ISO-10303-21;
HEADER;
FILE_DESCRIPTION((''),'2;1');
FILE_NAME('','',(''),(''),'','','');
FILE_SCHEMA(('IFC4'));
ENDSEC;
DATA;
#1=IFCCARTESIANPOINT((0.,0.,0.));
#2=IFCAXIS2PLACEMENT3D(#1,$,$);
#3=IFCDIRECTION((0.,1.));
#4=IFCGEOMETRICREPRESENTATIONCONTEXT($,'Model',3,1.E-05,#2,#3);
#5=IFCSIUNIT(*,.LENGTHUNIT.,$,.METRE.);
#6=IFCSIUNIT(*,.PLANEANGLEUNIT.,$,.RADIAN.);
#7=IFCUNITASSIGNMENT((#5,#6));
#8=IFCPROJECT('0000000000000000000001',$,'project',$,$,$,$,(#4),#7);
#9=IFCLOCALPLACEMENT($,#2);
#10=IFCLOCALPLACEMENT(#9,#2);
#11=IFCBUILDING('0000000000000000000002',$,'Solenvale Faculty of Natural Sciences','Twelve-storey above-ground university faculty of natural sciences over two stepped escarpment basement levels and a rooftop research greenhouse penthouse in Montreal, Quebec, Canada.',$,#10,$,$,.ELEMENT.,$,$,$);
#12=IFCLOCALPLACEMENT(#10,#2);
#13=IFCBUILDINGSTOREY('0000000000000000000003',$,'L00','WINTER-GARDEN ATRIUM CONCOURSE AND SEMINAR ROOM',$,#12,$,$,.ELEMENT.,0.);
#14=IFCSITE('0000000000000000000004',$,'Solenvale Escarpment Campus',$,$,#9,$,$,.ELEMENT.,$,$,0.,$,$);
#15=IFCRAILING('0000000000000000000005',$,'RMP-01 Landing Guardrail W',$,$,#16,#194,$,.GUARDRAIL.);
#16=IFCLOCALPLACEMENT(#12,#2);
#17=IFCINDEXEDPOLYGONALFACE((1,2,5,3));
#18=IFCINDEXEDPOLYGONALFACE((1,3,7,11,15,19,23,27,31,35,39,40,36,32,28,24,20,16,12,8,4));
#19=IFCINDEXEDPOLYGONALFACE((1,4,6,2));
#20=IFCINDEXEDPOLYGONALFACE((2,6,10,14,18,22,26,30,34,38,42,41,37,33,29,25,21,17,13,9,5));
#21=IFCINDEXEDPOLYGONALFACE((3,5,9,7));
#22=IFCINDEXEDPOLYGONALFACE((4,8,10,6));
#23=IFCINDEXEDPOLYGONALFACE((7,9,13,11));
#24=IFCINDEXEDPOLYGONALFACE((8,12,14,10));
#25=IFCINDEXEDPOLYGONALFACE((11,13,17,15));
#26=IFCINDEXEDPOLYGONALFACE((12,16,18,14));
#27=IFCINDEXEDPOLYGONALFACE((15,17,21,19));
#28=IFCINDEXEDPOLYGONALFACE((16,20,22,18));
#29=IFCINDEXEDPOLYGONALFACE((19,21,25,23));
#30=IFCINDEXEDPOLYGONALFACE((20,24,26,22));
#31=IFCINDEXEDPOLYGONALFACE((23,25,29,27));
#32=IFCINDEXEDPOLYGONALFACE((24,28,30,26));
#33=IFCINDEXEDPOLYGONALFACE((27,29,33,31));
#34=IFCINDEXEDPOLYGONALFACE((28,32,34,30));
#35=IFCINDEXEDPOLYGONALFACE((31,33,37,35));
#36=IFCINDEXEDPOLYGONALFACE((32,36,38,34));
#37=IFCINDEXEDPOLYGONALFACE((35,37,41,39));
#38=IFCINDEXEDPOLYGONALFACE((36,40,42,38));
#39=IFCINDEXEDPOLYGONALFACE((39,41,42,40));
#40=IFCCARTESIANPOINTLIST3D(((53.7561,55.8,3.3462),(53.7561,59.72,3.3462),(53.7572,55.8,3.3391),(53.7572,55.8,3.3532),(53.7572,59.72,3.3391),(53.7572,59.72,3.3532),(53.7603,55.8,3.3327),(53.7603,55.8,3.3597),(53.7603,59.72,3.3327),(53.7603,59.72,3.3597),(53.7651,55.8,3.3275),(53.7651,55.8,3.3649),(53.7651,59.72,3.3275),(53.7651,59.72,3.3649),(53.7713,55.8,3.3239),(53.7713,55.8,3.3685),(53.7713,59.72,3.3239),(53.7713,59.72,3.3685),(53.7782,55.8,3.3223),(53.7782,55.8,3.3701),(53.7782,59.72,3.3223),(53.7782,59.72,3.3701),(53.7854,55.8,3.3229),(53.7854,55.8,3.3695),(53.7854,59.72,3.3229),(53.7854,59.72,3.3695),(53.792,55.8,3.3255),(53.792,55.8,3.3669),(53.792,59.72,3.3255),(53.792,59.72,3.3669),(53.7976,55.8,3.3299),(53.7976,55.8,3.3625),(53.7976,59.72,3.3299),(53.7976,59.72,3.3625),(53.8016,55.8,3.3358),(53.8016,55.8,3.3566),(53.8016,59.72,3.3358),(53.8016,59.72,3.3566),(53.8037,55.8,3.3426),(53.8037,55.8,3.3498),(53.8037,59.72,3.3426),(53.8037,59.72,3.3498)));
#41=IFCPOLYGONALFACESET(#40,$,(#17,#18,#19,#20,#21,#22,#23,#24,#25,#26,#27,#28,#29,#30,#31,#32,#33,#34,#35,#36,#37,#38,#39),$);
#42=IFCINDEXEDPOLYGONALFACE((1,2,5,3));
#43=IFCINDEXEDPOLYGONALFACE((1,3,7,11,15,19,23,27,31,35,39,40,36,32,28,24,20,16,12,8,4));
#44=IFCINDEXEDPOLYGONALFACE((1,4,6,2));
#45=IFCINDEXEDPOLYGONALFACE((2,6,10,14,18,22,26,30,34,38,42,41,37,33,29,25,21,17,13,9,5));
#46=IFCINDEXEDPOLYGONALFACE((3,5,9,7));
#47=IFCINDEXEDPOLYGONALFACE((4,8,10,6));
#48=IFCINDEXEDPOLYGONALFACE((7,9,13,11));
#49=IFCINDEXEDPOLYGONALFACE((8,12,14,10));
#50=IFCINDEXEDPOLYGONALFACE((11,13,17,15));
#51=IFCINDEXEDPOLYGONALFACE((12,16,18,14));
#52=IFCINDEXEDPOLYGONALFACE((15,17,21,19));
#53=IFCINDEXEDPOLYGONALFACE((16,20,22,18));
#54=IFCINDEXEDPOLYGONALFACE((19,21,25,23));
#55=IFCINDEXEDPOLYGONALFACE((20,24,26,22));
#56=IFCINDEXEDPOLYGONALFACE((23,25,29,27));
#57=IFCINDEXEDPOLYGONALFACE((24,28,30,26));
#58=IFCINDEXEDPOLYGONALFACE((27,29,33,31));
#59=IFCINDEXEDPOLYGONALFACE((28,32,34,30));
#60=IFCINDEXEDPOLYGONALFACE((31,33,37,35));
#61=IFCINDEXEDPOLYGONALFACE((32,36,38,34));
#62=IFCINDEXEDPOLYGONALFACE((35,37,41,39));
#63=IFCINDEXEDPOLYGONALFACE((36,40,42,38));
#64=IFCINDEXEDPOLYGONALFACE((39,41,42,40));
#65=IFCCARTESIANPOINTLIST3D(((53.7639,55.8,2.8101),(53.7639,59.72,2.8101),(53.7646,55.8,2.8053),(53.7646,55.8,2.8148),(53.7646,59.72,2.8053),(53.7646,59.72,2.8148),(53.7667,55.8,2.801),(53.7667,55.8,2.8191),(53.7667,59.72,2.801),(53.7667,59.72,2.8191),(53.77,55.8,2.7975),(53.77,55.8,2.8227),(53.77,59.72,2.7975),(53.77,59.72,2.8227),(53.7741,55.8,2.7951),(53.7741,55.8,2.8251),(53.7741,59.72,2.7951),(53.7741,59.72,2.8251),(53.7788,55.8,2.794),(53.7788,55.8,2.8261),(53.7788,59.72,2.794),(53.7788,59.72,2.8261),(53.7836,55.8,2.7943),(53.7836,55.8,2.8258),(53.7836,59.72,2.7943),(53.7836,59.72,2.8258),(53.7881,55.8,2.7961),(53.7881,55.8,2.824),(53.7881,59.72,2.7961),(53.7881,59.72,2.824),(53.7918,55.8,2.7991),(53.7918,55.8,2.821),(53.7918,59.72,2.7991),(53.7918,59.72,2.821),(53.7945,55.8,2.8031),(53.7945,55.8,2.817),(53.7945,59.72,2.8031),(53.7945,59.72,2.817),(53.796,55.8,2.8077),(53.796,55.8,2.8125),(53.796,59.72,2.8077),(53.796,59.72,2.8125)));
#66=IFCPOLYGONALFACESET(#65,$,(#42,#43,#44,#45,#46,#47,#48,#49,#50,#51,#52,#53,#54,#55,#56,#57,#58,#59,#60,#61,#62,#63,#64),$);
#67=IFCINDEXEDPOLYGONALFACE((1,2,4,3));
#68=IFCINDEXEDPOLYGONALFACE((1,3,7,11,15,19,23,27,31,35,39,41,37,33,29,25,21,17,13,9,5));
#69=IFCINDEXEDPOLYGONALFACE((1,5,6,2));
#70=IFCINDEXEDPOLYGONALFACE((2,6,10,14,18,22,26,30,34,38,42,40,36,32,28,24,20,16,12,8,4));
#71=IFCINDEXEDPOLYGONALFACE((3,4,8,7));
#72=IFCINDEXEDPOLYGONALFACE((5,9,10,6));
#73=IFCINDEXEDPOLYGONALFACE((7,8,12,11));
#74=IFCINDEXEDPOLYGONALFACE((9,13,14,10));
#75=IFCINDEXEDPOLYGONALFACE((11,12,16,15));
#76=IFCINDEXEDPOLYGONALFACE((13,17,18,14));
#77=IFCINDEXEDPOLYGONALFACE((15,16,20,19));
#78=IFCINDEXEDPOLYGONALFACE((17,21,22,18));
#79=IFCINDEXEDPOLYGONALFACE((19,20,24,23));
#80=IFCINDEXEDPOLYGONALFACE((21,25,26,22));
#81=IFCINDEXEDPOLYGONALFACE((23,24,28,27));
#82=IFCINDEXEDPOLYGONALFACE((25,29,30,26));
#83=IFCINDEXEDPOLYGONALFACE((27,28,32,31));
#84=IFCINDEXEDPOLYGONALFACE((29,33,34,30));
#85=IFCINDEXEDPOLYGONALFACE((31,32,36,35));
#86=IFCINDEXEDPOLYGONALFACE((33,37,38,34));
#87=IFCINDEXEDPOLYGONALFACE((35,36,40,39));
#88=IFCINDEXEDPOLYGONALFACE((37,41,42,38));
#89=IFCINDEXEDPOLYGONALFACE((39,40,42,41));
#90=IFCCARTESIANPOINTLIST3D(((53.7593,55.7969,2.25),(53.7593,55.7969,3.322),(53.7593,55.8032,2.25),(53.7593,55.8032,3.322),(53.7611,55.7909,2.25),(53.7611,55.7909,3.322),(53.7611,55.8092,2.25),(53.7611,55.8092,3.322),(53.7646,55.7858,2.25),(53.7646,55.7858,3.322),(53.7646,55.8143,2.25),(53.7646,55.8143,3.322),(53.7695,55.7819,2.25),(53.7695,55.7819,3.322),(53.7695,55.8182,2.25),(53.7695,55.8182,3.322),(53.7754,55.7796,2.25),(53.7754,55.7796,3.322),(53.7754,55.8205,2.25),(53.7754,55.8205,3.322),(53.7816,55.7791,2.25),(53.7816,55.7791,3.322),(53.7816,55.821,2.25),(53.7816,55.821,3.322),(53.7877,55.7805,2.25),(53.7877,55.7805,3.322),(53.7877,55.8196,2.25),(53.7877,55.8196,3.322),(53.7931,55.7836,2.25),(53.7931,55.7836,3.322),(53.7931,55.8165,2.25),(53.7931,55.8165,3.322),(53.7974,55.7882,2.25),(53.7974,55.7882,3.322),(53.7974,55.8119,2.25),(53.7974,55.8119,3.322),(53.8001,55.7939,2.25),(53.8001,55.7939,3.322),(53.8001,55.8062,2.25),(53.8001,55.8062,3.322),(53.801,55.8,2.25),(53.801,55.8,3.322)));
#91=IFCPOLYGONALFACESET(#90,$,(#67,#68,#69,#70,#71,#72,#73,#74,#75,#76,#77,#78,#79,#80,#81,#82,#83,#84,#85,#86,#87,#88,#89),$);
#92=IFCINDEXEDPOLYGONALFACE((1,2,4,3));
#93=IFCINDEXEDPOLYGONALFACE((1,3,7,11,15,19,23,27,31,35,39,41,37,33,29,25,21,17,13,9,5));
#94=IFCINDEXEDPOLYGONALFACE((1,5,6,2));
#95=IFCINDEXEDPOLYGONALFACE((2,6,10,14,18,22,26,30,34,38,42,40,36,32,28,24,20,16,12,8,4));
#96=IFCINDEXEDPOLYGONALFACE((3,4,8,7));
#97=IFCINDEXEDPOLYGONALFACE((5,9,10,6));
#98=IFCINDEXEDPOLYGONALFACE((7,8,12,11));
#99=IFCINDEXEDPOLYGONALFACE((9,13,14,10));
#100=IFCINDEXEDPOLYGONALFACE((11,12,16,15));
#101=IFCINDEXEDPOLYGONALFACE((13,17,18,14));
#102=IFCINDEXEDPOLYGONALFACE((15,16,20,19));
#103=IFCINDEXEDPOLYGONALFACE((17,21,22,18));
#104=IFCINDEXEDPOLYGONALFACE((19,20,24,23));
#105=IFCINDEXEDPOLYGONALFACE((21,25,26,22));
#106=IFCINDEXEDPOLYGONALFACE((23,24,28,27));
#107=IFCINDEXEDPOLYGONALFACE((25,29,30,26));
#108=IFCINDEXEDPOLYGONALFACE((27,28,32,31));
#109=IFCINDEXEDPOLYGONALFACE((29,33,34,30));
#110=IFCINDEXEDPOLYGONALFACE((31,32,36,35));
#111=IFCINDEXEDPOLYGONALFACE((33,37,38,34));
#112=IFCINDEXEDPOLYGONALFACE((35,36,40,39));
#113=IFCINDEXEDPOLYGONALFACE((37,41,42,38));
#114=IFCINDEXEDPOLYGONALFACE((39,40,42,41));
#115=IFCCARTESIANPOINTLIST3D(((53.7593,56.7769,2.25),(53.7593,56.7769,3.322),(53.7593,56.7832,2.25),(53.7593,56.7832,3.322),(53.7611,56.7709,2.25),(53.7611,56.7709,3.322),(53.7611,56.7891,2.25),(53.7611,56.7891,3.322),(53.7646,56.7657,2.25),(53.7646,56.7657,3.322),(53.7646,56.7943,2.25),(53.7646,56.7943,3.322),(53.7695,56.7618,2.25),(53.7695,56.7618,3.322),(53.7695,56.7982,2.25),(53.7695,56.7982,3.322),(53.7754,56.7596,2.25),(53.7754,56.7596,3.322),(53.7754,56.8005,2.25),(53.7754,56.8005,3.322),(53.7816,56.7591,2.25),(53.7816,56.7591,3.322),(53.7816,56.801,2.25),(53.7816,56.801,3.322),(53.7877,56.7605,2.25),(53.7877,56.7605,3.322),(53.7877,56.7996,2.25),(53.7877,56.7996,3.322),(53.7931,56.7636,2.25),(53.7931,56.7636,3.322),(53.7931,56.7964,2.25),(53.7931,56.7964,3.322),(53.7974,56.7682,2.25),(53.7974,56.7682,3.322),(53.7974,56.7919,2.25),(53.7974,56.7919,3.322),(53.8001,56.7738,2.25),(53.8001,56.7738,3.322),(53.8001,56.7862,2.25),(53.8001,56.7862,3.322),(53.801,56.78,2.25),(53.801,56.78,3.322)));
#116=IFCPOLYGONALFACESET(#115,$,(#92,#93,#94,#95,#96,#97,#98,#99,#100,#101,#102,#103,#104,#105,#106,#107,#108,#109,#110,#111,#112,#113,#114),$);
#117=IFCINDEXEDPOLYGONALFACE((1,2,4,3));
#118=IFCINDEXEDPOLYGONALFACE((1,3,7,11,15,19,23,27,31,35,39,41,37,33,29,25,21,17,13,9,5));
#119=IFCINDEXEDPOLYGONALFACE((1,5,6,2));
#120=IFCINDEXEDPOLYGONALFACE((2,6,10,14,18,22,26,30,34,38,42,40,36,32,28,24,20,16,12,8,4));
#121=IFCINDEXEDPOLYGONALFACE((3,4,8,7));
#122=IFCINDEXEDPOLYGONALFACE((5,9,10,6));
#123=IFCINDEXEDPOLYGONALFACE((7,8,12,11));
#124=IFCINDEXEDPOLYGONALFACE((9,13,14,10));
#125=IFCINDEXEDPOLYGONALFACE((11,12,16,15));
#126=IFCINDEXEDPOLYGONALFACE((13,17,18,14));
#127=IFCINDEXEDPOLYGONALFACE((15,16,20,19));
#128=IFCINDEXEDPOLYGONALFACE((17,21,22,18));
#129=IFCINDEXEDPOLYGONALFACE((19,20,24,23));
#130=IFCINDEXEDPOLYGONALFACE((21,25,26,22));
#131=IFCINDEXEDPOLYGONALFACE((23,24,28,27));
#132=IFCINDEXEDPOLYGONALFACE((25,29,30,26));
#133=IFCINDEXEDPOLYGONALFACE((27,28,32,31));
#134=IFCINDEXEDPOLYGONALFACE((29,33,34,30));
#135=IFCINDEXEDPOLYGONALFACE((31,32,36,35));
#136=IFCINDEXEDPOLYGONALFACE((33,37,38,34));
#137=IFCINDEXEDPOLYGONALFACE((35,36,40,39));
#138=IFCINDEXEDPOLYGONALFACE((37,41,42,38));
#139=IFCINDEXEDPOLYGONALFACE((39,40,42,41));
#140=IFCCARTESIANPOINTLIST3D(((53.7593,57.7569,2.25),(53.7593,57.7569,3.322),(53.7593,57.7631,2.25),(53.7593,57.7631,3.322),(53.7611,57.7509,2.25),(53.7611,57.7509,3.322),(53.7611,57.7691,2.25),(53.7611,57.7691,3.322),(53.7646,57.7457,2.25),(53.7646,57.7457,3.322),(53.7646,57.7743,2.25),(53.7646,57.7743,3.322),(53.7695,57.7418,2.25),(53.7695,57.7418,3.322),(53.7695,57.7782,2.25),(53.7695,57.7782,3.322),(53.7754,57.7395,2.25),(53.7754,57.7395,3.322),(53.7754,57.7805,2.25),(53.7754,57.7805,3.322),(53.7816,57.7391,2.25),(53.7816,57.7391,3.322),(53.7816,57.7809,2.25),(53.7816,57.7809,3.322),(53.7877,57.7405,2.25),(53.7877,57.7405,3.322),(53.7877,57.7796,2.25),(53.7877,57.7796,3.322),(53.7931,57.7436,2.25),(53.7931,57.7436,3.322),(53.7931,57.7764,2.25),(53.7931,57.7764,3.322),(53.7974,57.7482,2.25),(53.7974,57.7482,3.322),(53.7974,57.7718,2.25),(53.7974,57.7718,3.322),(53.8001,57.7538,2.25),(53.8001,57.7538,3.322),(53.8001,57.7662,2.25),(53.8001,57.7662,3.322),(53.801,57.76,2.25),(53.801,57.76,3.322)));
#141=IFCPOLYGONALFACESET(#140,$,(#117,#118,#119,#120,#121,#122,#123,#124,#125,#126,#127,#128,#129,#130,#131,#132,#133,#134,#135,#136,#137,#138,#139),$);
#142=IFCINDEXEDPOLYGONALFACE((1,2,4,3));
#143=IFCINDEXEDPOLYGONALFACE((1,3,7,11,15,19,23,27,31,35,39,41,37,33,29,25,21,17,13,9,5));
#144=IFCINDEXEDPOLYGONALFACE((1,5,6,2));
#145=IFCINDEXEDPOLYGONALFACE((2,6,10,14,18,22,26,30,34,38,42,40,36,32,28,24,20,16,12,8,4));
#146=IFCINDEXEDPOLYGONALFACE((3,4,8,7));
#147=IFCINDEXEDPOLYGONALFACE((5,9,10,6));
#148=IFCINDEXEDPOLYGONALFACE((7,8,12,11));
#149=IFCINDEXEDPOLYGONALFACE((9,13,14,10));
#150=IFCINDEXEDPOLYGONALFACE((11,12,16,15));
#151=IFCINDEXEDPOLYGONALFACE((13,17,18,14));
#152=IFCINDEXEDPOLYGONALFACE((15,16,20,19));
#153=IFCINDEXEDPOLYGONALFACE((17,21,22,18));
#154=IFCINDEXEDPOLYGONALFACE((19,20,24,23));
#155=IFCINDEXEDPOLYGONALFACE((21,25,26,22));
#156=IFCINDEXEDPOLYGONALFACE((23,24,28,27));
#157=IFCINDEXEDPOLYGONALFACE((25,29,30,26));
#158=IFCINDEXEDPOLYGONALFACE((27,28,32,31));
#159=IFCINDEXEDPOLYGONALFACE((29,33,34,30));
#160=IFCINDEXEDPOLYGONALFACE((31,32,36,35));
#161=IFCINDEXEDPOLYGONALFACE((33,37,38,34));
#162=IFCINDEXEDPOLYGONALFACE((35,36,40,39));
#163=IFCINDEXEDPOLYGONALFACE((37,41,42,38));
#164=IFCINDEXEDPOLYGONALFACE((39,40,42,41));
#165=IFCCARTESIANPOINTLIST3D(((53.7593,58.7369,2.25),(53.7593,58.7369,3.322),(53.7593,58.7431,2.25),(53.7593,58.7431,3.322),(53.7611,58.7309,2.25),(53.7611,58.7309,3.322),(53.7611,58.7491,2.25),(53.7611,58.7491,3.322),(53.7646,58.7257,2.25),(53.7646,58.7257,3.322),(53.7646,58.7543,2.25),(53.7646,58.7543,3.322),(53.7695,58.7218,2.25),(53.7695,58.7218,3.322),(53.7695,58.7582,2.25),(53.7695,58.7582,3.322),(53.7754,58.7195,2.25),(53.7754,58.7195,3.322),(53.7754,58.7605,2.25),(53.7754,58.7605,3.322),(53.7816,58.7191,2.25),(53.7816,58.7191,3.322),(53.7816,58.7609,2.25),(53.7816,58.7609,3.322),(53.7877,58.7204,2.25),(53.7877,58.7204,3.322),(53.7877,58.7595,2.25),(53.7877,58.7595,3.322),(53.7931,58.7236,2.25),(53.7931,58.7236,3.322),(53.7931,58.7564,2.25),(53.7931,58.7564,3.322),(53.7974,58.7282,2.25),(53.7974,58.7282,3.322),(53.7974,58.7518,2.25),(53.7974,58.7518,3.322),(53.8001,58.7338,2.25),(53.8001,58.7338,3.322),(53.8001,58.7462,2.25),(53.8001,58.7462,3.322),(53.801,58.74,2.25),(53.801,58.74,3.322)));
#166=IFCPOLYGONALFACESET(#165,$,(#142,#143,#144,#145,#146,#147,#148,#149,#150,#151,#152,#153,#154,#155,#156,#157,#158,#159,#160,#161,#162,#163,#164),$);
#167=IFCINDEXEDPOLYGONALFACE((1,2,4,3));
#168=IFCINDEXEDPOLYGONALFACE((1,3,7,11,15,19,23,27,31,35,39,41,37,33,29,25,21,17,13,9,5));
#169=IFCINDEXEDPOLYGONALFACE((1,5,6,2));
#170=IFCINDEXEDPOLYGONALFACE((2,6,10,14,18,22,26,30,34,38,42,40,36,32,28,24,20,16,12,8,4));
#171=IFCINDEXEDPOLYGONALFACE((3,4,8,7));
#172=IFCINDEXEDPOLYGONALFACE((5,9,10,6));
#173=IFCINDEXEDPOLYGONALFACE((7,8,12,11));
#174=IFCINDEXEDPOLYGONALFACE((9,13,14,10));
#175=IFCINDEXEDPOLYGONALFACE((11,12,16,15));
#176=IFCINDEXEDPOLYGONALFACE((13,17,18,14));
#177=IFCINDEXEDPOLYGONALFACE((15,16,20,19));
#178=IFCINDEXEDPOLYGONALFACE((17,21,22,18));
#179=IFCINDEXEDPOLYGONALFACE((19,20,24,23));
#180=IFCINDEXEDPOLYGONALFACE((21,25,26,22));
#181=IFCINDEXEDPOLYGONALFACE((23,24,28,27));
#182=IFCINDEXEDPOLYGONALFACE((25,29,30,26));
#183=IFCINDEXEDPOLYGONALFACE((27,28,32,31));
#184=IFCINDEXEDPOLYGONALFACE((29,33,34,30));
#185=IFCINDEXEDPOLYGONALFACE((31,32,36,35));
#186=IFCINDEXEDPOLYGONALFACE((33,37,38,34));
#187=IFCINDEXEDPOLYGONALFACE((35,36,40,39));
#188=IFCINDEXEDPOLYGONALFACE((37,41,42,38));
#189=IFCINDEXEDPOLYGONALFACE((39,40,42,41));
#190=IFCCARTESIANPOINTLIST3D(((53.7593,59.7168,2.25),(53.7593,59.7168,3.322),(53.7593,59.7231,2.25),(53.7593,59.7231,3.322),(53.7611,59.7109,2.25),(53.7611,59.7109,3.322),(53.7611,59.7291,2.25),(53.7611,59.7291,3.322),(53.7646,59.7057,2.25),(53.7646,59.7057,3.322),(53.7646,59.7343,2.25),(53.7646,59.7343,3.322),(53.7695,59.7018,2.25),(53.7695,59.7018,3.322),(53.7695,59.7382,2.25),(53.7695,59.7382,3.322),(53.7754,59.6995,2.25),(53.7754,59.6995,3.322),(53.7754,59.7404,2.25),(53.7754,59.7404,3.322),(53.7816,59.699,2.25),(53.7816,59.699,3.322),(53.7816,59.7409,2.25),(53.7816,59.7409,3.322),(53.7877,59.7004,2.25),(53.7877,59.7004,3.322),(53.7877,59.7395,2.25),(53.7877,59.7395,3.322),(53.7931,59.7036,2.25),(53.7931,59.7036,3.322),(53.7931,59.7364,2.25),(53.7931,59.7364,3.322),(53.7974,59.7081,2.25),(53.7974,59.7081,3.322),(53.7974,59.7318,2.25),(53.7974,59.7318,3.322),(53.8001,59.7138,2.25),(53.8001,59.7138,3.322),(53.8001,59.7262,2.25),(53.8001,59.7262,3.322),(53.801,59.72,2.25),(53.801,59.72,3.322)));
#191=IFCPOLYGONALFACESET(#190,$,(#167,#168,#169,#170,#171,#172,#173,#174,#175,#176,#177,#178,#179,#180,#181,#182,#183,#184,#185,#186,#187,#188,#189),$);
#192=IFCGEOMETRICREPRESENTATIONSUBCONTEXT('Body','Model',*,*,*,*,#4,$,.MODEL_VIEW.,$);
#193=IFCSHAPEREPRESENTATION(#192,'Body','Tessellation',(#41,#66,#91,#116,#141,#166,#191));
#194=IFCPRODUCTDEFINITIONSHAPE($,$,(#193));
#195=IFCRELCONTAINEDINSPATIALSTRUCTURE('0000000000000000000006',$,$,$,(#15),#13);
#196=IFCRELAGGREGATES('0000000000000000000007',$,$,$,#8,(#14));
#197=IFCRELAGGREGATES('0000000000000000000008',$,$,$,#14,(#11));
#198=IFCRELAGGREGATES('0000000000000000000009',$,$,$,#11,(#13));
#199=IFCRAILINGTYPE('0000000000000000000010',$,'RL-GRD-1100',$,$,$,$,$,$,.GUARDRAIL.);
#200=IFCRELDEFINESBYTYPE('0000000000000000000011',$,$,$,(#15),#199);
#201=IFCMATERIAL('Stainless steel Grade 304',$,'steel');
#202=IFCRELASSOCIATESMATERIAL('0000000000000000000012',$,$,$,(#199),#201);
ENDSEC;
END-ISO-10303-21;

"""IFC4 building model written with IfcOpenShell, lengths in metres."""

from ifc_helpers import new_model, si_unit, direction, frame, origin, origin_2d, place, context, subcontext, project, spatial, circle, extrude, material, type_object, element, save


model = new_model("IFC4")

# Units and contexts
model_context = context("Model", 3, precision=1e-05, world=origin(), true_north=direction((0.0, 1.0)))
body_context = subcontext(model_context, "Body", "Model", "MODEL_VIEW")
ifc_project = project(units=[si_unit("LENGTHUNIT", "METRE"), si_unit("PLANEANGLEUNIT", "RADIAN")], contexts=[model_context])

# Site, building, storey
site_placement = place(None, origin())
site = spatial("IfcSite", under=ifc_project, at=site_placement, Name="Solenvale Escarpment Campus", CompositionType="ELEMENT", RefElevation=0.0)
building_placement = place(site_placement, origin())
building = spatial("IfcBuilding", under=site, at=building_placement, Name="Solenvale Faculty of Natural Sciences", Description="Twelve-storey above-ground university faculty of natural sciences over two stepped escarpment basement levels and a rooftop research greenhouse penthouse in Montreal, Quebec, Canada.", CompositionType="ELEMENT")
storey_placement = place(building_placement, origin())
storey = spatial("IfcBuildingStorey", under=building, at=storey_placement, Name="L00", Description="WINTER-GARDEN ATRIUM CONCOURSE AND SEMINAR ROOM", CompositionType="ELEMENT", Elevation=0.0)

# Railing
ifc_material_1 = material(Name="Stainless steel Grade 304", Category="steel")
railing_type_1 = type_object("IfcRailingType", Name="RL-GRD-1100", PredefinedType="GUARDRAIL", material=ifc_material_1)
railing_1_placement = place(storey_placement, frame((53.78, 55.8, 2.25)))
element("IfcRailing", 1, at=railing_1_placement, inside=storey, type_object=railing_type_1, Name="RMP-01 Landing Guardrail W", PredefinedType="GUARDRAIL", context=body_context, shape_type="SweptSolid", body=[
    extrude(circle(Radius=0.0239, at=origin_2d()), frame((0.0, 0.0, 1.0962), z_axis=(0.0, 1.0, 0.0), x_axis=(-1.0, 0.0, 0.0)), (0.0, 0.0, 1.0), 3.9199),
    extrude(circle(Radius=0.0161, at=origin_2d()), frame((0.0, 0.0, 0.5601), z_axis=(0.0, 1.0, 0.0), x_axis=(-1.0, 0.0, 0.0)), (0.0, 0.0, 1.0), 3.9199),
    extrude(circle(Radius=0.021, at=origin_2d()), origin(), (0.0, 0.0, 1.0), 1.072),
    extrude(circle(Radius=0.021, at=origin_2d()), frame((0.0, 0.98, 0.0)), (0.0, 0.0, 1.0), 1.072),
    extrude(circle(Radius=0.021, at=origin_2d()), frame((0.0, 1.96, 0.0)), (0.0, 0.0, 1.0), 1.072),
    extrude(circle(Radius=0.021, at=origin_2d()), frame((0.0, 2.9399, 0.0)), (0.0, 0.0, 1.0), 1.072),
    extrude(circle(Radius=0.021, at=origin_2d()), frame((0.0, 3.9199, 0.0)), (0.0, 0.0, 1.0), 1.072),
])

save(model, "model.ifc")
